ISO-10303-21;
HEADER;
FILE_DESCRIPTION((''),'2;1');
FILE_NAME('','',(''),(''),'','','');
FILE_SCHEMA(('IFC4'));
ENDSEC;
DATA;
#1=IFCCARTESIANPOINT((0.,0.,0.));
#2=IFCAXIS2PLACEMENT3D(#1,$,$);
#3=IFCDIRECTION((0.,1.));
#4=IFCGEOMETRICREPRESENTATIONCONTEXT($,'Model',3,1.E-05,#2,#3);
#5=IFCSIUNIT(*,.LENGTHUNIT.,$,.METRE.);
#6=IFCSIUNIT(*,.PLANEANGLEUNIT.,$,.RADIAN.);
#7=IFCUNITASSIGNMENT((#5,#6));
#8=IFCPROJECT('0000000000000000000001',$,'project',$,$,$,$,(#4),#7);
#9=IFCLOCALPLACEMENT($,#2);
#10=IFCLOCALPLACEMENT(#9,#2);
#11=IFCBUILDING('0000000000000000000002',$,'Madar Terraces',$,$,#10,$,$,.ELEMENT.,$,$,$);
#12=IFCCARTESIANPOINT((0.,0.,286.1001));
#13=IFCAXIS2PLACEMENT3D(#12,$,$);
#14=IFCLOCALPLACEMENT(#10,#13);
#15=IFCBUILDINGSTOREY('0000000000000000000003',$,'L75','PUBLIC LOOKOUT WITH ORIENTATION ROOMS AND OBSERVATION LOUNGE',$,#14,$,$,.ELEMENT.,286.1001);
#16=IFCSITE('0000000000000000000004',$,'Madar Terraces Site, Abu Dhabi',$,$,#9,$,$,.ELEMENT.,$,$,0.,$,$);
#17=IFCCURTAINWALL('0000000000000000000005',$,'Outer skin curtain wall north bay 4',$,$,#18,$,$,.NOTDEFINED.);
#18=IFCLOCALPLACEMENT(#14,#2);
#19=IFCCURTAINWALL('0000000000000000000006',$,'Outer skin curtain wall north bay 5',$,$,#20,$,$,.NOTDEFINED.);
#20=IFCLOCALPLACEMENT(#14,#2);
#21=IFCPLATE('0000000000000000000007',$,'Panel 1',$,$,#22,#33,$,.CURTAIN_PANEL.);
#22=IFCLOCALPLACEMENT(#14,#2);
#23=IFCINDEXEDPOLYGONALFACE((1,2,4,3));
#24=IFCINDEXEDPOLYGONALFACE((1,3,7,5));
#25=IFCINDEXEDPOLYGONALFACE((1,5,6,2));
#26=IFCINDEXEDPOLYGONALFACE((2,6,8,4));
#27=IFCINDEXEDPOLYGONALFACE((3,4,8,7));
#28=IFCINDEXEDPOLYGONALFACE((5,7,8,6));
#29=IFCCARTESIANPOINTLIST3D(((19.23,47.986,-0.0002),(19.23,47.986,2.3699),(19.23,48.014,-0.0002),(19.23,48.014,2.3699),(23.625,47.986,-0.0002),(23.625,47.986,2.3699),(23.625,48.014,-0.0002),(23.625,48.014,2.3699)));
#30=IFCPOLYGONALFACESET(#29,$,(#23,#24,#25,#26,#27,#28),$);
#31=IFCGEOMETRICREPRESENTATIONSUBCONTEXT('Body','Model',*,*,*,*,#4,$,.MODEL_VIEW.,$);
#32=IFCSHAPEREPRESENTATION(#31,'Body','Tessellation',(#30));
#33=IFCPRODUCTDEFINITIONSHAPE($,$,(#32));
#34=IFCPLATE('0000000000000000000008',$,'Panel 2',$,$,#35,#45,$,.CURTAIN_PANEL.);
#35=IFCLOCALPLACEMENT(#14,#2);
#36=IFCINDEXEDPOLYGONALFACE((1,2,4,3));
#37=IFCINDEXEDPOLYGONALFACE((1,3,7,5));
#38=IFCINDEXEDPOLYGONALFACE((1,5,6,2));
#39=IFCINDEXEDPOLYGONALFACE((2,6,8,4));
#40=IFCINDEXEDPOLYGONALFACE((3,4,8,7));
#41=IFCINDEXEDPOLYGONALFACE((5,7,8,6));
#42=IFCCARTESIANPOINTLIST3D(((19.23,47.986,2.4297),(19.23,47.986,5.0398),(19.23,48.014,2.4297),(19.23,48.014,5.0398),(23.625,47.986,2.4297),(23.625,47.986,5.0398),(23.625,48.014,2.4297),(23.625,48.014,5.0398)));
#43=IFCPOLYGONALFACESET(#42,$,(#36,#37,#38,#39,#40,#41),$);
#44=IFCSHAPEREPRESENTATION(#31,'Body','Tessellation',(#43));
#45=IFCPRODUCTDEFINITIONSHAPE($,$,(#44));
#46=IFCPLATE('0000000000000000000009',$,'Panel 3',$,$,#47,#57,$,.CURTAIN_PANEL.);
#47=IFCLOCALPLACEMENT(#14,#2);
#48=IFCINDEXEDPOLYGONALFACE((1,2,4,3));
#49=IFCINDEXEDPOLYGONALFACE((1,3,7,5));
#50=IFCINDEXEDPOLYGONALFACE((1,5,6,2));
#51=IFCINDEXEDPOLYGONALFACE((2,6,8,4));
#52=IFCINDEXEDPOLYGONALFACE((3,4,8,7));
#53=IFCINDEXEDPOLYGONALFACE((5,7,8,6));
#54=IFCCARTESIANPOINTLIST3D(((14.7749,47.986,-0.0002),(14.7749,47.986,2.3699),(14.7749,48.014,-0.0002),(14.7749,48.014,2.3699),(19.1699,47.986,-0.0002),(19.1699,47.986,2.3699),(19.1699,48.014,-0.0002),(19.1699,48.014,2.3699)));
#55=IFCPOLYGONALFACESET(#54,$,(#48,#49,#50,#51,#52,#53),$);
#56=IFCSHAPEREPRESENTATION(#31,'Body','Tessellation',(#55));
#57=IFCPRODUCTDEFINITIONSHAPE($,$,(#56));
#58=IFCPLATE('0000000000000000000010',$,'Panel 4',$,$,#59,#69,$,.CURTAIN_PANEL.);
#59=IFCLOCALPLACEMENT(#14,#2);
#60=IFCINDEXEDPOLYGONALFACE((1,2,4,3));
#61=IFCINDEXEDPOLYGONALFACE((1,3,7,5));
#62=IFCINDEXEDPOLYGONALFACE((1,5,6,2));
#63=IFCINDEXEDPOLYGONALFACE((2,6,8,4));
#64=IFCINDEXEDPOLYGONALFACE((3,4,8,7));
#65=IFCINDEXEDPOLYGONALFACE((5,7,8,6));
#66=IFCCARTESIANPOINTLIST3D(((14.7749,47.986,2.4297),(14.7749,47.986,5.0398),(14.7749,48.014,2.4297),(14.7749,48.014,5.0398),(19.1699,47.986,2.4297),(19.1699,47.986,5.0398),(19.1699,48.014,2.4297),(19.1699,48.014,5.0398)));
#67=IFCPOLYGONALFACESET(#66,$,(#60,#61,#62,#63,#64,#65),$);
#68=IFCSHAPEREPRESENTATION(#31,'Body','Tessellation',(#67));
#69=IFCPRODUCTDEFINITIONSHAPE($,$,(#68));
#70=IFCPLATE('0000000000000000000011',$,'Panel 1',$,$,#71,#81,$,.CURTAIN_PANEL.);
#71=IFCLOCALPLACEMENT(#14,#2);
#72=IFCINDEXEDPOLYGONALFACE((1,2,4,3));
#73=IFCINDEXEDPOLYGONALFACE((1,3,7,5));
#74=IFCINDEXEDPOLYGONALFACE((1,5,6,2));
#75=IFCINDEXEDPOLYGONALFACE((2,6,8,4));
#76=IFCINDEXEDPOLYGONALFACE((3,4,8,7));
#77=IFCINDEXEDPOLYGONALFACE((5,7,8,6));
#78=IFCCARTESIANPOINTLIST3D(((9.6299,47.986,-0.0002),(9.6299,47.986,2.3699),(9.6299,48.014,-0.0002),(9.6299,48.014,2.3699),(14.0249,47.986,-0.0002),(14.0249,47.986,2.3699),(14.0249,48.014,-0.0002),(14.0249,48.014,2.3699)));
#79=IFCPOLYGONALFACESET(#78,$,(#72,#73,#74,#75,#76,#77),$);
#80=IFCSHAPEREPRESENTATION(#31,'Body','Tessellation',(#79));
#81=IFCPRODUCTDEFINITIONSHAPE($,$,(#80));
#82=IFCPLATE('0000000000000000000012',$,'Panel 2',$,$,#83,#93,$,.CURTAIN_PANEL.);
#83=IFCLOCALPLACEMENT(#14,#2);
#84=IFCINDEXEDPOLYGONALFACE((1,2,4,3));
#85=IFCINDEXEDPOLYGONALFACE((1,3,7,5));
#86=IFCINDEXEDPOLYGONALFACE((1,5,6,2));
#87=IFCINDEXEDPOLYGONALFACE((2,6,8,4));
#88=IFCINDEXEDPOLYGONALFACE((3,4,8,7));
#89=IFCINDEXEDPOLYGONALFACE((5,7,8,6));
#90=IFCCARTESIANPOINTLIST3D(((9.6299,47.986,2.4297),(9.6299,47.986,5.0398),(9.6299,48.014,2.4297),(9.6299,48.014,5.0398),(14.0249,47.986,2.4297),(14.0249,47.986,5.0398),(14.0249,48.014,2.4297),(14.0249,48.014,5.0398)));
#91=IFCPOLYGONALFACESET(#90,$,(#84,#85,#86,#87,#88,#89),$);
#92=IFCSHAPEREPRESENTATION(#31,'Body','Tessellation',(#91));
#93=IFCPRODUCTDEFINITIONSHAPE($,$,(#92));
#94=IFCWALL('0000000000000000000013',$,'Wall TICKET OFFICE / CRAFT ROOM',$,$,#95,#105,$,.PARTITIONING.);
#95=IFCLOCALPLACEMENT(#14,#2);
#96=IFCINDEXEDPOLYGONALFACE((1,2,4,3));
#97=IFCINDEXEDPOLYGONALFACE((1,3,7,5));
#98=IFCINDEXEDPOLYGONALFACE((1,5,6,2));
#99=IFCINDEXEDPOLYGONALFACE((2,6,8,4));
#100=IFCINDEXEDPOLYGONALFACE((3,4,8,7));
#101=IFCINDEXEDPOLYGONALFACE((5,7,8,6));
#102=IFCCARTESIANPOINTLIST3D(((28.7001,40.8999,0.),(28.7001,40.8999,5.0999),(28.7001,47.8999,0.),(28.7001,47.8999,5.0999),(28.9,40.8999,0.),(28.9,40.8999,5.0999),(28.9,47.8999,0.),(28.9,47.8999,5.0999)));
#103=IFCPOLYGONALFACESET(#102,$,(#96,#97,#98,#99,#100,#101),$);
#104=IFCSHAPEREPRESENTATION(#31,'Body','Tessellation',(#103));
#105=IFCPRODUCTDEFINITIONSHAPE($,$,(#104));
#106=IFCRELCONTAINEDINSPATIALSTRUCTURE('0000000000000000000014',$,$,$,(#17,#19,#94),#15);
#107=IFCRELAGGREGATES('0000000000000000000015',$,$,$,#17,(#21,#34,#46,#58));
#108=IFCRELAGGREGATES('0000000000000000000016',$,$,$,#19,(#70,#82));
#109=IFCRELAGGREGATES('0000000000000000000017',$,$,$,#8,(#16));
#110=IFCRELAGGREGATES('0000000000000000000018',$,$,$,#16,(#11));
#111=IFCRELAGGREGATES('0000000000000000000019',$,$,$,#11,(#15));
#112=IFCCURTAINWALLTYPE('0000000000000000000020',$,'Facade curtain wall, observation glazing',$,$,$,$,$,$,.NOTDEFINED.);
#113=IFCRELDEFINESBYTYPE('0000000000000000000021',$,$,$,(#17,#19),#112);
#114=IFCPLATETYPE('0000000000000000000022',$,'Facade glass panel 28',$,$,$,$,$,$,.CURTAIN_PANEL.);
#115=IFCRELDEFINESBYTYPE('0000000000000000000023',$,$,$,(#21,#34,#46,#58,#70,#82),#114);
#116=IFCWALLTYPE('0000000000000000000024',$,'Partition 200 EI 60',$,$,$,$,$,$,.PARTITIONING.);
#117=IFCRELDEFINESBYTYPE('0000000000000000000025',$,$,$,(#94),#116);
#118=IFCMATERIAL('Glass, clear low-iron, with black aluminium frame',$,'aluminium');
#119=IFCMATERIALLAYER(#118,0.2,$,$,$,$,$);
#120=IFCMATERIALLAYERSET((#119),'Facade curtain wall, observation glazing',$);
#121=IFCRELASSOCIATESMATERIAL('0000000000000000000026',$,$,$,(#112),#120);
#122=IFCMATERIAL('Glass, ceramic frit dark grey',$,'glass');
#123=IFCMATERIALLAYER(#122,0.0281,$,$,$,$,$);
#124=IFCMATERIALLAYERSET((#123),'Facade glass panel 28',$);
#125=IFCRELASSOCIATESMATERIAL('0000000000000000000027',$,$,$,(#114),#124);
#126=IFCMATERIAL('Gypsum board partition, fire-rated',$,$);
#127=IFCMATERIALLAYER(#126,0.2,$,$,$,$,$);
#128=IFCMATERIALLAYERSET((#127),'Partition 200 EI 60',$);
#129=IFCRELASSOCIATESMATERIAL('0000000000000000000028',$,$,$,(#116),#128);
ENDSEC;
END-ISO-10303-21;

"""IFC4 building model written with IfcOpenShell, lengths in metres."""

from ifc_helpers import new_model, si_unit, direction, frame, frame_2d, origin, origin_2d, place, context, subcontext, project, spatial, rectangle, extrude, material, layer, layer_set, type_object, element, aggregate, save


model = new_model("IFC4")

# Units and contexts
model_context = context("Model", 3, precision=1e-05, world=origin(), true_north=direction((0.0, 1.0)))
body_context = subcontext(model_context, "Body", "Model", "MODEL_VIEW")
ifc_project = project(units=[si_unit("LENGTHUNIT", "METRE"), si_unit("PLANEANGLEUNIT", "RADIAN")], contexts=[model_context])

# Site, building, storey
site_placement = place(None, origin())
site = spatial("IfcSite", under=ifc_project, at=site_placement, Name="Madar Terraces Site, Abu Dhabi", CompositionType="ELEMENT", RefElevation=0.0)
building_placement = place(site_placement, origin())
building = spatial("IfcBuilding", under=site, at=building_placement, Name="Madar Terraces", CompositionType="ELEMENT")
storey_placement = place(building_placement, frame((0.0, 0.0, 286.1001)))
storey = spatial("IfcBuildingStorey", under=building, at=storey_placement, Name="L75", Description="PUBLIC LOOKOUT WITH ORIENTATION ROOMS AND OBSERVATION LOUNGE", CompositionType="ELEMENT", Elevation=286.1001)

# Curtain walls
ifc_material_1 = material(Name="Glass, clear low-iron, with black aluminium frame", Category="aluminium")
ifc_layer_1 = layer(ifc_material_1, 0.2)
ifc_layer_set_1 = layer_set([ifc_layer_1], Name="Facade curtain wall, observation glazing")
curtain_wall_type = type_object("IfcCurtainWallType", Name="Facade curtain wall, observation glazing", PredefinedType="NOTDEFINED", material=ifc_layer_set_1)
curtain_wall_1_placement = place(storey_placement, origin())
curtain_wall_1 = element("IfcCurtainWall", 1, at=curtain_wall_1_placement, inside=storey, type_object=curtain_wall_type, Name="Outer skin curtain wall north bay 4", PredefinedType="NOTDEFINED")
curtain_wall_2_placement = place(storey_placement, origin())
curtain_wall_2 = element("IfcCurtainWall", 2, at=curtain_wall_2_placement, inside=storey, type_object=curtain_wall_type, Name="Outer skin curtain wall north bay 5", PredefinedType="NOTDEFINED")

# Plates
ifc_material_2 = material(Name="Glass, ceramic frit dark grey", Category="glass")
ifc_layer_2 = layer(ifc_material_2, 0.0281)
ifc_layer_set_2 = layer_set([ifc_layer_2], Name="Facade glass panel 28")
plate_type = type_object("IfcPlateType", Name="Facade glass panel 28", PredefinedType="CURTAIN_PANEL", material=ifc_layer_set_2)
plate_1_placement = place(storey_placement, frame((21.4275, 48.0, -0.0002), z_axis=(0.0, 0.0, 1.0), x_axis=(-1.0, 0.0, 0.0)))
plate_1 = element("IfcPlate", 3, at=plate_1_placement, type_object=plate_type, Name="Panel 1", PredefinedType="CURTAIN_PANEL", context=body_context, shape_type="SweptSolid", body=[
    extrude(rectangle(XDim=4.395, YDim=0.0281, at=origin_2d()), origin(), (0.0, 0.0, 1.0), 2.3701),
])
plate_2_placement = place(storey_placement, frame((21.4275, 48.0, 2.4297), z_axis=(0.0, 0.0, 1.0), x_axis=(-1.0, 0.0, 0.0)))
plate_2 = element("IfcPlate", 4, at=plate_2_placement, type_object=plate_type, Name="Panel 2", PredefinedType="CURTAIN_PANEL", context=body_context, shape_type="SweptSolid", body=[
    extrude(rectangle(XDim=4.395, YDim=0.0281, at=origin_2d()), origin(), (0.0, 0.0, 1.0), 2.6101),
])
plate_3_placement = place(storey_placement, frame((16.9724, 48.0, -0.0002), z_axis=(0.0, 0.0, 1.0), x_axis=(-1.0, 0.0, 0.0)))
plate_3 = element("IfcPlate", 5, at=plate_3_placement, type_object=plate_type, Name="Panel 3", PredefinedType="CURTAIN_PANEL", context=body_context, shape_type="SweptSolid", body=[
    extrude(rectangle(XDim=4.395, YDim=0.0281, at=origin_2d()), origin(), (0.0, 0.0, 1.0), 2.3701),
])
plate_4_placement = place(storey_placement, frame((16.9724, 48.0, 2.4297), z_axis=(0.0, 0.0, 1.0), x_axis=(-1.0, 0.0, 0.0)))
plate_4 = element("IfcPlate", 6, at=plate_4_placement, type_object=plate_type, Name="Panel 4", PredefinedType="CURTAIN_PANEL", context=body_context, shape_type="SweptSolid", body=[
    extrude(rectangle(XDim=4.395, YDim=0.0281, at=origin_2d()), origin(), (0.0, 0.0, 1.0), 2.6101),
])
aggregate(curtain_wall_1, [plate_1, plate_2, plate_3, plate_4])
plate_5_placement = place(storey_placement, frame((11.8274, 48.0, -0.0002), z_axis=(0.0, 0.0, 1.0), x_axis=(-1.0, 0.0, 0.0)))
plate_5 = element("IfcPlate", 7, at=plate_5_placement, type_object=plate_type, Name="Panel 1", PredefinedType="CURTAIN_PANEL", context=body_context, shape_type="SweptSolid", body=[
    extrude(rectangle(XDim=4.395, YDim=0.0281, at=origin_2d()), origin(), (0.0, 0.0, 1.0), 2.3701),
])
plate_6_placement = place(storey_placement, frame((11.8274, 48.0, 2.4297), z_axis=(0.0, 0.0, 1.0), x_axis=(-1.0, 0.0, 0.0)))
plate_6 = element("IfcPlate", 8, at=plate_6_placement, type_object=plate_type, Name="Panel 2", PredefinedType="CURTAIN_PANEL", context=body_context, shape_type="SweptSolid", body=[
    extrude(rectangle(XDim=4.395, YDim=0.0281, at=origin_2d()), origin(), (0.0, 0.0, 1.0), 2.6101),
])
aggregate(curtain_wall_2, [plate_5, plate_6])

# Wall
ifc_material_3 = material(Name="Gypsum board partition, fire-rated")
ifc_layer_3 = layer(ifc_material_3, 0.2)
ifc_layer_set_3 = layer_set([ifc_layer_3], Name="Partition 200 EI 60")
wall_type = type_object("IfcWallType", Name="Partition 200 EI 60", PredefinedType="PARTITIONING", material=ifc_layer_set_3)
wall_placement = place(storey_placement, frame((28.8, 40.8999, 0.0), z_axis=(0.0, 0.0, 1.0), x_axis=(0.0, 1.0, 0.0)))
element("IfcWall", 9, at=wall_placement, inside=storey, type_object=wall_type, Name="Wall TICKET OFFICE / CRAFT ROOM", PredefinedType="PARTITIONING", context=body_context, shape_type="SweptSolid", body=[
    extrude(rectangle(XDim=7.0, YDim=0.2, at=frame_2d((3.5, 0.0))), origin(), (0.0, 0.0, 1.0), 5.0999),
])

save(model, "model.ifc")
